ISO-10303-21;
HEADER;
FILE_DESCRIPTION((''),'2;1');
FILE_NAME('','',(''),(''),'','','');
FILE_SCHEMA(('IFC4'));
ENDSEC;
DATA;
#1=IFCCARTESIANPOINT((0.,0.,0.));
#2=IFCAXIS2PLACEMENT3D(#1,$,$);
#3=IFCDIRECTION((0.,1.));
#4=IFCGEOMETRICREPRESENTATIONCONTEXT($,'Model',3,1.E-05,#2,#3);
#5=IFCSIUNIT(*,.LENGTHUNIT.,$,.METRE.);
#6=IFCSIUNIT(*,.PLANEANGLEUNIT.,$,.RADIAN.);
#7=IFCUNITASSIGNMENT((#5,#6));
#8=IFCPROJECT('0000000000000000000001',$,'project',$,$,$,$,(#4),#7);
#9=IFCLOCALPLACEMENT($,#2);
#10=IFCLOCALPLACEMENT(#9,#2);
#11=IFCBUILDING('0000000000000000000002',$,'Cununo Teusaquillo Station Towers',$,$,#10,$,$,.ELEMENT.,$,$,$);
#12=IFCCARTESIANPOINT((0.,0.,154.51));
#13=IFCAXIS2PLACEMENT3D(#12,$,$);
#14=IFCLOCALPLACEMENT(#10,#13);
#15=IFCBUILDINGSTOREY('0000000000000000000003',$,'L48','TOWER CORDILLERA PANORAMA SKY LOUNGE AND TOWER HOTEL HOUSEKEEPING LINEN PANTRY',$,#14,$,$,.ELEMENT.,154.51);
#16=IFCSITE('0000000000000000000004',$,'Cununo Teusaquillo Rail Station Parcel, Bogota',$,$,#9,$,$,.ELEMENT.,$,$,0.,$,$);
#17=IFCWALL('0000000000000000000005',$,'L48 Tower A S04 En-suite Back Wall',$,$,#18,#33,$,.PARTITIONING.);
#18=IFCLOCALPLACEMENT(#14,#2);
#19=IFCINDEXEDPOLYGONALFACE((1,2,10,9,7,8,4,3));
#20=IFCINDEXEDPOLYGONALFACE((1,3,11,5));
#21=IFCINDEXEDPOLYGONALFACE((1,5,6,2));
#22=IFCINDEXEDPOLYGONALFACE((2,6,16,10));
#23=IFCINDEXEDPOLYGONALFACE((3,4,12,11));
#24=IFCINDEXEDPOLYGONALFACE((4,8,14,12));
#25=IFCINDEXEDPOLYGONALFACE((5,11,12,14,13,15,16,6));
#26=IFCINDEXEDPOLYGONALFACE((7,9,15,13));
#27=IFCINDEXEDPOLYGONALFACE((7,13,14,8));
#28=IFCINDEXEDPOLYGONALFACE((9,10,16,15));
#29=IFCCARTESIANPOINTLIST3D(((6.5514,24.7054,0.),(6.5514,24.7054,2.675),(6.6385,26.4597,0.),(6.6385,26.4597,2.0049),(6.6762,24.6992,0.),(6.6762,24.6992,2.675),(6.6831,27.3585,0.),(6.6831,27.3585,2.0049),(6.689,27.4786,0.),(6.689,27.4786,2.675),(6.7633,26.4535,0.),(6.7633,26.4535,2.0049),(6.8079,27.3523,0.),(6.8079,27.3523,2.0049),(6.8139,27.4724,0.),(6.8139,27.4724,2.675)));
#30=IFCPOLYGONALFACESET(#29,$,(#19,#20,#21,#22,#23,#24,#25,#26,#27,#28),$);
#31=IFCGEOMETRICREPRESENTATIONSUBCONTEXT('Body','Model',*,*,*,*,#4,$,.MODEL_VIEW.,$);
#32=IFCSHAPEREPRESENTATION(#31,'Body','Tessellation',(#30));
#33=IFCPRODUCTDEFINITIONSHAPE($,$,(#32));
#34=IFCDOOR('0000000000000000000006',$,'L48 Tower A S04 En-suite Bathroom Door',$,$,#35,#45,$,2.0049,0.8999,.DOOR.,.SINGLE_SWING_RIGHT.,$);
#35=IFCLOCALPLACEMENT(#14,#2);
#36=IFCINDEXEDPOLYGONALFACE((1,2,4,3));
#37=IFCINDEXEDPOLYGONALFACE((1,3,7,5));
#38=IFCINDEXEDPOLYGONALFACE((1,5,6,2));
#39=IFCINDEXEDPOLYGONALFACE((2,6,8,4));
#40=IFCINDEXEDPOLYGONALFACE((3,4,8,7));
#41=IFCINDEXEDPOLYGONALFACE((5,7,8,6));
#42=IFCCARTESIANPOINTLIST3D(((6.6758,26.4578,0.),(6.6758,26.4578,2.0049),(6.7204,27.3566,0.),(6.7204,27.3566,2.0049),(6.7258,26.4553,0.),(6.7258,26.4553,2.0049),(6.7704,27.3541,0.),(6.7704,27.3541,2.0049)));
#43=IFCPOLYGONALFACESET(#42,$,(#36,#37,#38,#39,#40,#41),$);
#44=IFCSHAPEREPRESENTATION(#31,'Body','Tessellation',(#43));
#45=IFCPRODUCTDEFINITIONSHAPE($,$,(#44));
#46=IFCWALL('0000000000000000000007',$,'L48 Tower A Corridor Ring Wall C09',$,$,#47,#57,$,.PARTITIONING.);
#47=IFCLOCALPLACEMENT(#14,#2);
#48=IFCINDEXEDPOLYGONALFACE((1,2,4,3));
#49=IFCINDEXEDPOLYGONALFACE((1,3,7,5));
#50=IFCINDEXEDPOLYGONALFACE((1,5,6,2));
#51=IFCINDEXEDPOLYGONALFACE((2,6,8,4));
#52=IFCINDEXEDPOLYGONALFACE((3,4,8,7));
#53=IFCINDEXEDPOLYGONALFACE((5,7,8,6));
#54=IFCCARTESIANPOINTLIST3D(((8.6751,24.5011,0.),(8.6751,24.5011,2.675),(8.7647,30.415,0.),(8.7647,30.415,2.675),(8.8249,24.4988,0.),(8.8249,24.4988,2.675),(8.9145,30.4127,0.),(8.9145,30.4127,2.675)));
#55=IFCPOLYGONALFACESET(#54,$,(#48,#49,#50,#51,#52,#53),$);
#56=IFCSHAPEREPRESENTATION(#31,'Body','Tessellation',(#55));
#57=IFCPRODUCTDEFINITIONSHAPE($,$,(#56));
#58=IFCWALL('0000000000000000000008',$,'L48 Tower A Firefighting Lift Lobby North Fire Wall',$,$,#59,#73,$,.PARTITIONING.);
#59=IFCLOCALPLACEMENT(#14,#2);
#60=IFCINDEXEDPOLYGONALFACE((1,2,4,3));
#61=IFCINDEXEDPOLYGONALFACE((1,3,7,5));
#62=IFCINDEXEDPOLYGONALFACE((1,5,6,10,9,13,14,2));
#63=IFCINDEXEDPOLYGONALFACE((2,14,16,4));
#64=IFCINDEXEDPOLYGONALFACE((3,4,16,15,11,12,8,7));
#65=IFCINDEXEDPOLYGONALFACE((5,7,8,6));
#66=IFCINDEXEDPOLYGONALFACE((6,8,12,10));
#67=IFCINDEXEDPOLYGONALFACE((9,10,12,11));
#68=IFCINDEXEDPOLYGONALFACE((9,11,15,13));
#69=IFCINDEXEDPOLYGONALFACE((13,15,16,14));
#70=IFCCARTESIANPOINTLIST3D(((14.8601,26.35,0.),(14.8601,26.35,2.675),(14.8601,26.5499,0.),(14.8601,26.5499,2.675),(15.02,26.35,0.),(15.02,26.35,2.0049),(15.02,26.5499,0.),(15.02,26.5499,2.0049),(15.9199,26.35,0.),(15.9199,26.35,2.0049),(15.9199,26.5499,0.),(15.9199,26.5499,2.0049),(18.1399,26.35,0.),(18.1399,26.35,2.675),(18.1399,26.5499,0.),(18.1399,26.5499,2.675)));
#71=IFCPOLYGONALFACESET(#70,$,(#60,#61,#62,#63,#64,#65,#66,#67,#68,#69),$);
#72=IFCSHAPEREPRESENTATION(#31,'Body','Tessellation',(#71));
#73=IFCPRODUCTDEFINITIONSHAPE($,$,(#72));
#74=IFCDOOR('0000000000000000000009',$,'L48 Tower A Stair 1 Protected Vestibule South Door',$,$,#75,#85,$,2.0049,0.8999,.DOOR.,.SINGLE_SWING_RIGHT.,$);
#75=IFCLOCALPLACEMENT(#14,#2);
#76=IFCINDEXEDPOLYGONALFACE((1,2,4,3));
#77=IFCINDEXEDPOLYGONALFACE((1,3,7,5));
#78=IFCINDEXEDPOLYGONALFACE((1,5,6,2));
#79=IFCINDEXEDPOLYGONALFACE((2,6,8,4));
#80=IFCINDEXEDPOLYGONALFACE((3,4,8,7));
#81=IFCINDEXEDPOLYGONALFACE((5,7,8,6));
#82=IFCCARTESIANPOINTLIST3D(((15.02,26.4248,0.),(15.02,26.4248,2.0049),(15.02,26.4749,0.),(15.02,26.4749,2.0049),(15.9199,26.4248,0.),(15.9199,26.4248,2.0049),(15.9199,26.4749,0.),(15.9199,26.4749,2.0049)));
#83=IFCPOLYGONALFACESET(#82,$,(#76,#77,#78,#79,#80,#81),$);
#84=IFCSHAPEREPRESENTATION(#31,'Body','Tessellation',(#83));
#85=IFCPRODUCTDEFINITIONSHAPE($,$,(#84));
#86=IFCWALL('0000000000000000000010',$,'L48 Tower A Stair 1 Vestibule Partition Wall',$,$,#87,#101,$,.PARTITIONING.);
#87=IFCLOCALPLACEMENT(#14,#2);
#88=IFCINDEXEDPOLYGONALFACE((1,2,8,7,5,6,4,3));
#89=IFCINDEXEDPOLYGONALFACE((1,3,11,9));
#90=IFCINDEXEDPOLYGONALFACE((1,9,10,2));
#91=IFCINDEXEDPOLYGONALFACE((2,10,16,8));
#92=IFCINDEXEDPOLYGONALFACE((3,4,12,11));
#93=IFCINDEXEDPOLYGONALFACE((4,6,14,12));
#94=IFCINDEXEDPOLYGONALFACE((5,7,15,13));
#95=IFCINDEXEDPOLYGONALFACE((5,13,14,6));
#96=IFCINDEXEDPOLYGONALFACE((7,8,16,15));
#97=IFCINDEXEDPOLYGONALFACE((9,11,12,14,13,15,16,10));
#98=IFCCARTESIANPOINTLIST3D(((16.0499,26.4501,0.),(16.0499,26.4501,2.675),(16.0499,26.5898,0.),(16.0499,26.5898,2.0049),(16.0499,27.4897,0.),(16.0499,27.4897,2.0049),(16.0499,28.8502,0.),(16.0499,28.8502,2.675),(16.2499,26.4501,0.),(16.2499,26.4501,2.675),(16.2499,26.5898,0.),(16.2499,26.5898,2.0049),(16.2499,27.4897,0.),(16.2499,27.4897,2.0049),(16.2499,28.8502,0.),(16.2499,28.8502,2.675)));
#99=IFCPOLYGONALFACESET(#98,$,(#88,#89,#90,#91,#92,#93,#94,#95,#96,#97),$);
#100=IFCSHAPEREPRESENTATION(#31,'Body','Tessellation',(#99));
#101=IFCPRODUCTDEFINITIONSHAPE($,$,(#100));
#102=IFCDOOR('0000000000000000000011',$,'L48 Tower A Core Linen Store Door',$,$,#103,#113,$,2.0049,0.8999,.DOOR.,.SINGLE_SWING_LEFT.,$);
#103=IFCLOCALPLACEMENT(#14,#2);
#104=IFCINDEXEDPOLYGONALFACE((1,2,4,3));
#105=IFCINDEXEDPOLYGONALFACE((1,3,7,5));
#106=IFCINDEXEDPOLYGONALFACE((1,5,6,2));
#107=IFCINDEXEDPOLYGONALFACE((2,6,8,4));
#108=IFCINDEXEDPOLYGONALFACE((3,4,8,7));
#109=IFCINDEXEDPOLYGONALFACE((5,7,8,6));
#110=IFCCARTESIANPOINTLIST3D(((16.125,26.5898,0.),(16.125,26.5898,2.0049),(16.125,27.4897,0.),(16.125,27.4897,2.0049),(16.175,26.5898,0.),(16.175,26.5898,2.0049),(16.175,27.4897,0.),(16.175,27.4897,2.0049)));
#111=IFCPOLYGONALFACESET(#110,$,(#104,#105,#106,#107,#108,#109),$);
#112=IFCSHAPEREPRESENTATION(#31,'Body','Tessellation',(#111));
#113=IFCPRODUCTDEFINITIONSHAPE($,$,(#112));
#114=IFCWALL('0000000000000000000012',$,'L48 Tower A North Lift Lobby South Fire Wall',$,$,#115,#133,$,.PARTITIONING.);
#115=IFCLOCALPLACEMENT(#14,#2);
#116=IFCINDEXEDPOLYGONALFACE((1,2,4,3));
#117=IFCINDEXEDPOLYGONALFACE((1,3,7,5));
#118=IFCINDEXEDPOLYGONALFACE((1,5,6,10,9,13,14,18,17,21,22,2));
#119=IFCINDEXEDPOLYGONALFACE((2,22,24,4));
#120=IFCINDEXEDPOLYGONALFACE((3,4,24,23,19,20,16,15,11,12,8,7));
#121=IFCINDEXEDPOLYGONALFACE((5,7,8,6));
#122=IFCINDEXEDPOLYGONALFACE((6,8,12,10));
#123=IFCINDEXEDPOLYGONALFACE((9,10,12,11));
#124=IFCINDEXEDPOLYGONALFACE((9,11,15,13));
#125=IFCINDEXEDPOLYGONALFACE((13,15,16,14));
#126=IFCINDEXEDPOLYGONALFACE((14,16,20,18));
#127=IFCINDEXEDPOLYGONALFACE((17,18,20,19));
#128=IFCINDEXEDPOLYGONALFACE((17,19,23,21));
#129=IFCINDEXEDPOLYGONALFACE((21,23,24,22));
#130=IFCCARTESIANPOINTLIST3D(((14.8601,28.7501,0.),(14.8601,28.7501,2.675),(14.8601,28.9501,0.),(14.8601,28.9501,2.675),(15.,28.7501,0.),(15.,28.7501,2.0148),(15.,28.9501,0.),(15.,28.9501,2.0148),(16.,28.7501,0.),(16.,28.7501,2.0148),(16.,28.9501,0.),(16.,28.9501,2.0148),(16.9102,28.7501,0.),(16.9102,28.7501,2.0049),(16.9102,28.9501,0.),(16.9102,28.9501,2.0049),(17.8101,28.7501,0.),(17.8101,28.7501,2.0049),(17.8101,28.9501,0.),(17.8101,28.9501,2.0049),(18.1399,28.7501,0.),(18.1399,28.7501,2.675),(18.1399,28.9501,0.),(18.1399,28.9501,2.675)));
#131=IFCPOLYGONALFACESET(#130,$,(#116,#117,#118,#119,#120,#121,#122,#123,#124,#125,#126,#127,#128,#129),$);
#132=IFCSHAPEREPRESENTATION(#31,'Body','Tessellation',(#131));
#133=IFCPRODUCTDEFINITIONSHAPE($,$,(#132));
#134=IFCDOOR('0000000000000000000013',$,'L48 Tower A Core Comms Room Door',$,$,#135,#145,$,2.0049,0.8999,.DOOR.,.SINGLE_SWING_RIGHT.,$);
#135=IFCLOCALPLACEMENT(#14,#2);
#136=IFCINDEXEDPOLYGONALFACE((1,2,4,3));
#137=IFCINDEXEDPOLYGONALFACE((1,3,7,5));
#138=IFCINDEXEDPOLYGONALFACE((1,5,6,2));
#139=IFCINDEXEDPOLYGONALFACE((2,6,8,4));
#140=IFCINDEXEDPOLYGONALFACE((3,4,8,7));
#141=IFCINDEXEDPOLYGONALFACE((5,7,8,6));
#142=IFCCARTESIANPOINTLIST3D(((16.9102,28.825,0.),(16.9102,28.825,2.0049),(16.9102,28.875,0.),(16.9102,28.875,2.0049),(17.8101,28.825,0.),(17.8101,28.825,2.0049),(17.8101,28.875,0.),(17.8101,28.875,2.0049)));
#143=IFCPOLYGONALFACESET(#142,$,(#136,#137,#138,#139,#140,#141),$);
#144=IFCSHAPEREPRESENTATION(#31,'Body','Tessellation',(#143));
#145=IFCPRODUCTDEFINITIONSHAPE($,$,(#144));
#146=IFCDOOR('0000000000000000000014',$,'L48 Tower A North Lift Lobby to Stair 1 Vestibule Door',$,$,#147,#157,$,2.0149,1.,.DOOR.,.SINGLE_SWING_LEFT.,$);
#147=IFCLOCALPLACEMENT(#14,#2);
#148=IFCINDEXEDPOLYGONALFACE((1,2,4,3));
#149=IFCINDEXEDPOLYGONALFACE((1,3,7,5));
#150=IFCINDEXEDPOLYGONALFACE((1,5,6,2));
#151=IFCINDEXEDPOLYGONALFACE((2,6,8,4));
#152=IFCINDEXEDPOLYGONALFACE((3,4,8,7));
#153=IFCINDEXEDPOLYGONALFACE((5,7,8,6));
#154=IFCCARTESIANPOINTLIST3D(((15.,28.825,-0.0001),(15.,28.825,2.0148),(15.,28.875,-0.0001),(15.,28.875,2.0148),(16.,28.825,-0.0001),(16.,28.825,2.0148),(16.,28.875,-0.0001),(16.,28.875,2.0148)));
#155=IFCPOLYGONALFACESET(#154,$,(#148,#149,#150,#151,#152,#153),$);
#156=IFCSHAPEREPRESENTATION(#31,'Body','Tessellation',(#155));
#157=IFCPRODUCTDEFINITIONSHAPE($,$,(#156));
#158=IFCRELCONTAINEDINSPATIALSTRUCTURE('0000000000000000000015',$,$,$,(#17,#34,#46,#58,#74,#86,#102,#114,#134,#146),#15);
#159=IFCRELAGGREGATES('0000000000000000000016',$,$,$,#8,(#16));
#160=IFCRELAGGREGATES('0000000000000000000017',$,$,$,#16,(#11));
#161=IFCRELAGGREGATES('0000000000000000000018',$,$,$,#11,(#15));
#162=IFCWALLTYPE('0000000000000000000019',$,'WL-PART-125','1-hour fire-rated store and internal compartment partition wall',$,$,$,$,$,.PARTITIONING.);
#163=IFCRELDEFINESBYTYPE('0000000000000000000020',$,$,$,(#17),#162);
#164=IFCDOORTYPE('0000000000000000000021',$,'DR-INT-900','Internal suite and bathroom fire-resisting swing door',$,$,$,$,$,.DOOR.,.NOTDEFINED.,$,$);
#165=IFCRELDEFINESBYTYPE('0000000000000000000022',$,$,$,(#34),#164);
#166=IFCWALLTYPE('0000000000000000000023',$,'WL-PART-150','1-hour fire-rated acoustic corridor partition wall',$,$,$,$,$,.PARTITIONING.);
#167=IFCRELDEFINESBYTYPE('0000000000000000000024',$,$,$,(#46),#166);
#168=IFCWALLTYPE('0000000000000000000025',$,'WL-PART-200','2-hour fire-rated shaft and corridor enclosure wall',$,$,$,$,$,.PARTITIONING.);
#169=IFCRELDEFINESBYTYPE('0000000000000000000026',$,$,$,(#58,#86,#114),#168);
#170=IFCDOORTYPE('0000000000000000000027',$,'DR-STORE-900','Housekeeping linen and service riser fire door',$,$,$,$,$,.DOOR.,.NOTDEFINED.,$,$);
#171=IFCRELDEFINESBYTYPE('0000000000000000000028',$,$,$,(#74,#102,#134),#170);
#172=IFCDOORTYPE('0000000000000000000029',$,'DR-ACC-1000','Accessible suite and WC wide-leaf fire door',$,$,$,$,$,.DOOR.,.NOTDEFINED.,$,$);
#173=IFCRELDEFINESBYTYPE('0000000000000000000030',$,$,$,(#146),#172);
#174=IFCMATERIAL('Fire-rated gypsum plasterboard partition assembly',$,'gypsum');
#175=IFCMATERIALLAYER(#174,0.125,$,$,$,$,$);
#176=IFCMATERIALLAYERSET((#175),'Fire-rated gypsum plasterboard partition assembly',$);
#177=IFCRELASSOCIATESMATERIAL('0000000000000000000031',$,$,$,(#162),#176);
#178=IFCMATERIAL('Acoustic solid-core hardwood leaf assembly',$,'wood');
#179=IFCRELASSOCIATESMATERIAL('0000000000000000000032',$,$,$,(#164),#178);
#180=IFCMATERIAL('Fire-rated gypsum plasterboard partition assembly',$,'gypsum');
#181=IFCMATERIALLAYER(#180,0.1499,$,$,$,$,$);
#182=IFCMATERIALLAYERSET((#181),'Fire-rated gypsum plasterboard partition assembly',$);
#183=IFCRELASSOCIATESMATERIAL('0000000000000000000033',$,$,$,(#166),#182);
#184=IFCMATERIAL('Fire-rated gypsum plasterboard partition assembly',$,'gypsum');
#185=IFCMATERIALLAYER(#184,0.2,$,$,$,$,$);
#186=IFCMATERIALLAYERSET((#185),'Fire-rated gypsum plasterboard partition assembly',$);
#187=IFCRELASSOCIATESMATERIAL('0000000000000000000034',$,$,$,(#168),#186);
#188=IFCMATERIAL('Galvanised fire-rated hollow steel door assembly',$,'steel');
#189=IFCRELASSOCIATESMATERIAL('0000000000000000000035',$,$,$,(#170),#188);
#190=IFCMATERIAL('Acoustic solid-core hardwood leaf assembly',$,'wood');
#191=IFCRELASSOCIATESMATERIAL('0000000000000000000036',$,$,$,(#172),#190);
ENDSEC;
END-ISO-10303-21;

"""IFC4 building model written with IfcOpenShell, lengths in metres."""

from ifc_helpers import new_model, si_unit, direction, frame, frame_2d, origin, place, context, subcontext, project, spatial, rectangle, extrude, source, transform, mapped, material, layer, layer_set, type_object, element, fill, save


model = new_model("IFC4")

# Units and contexts
model_context = context("Model", 3, precision=1e-05, world=origin(), true_north=direction((0.0, 1.0)))
body_context = subcontext(model_context, "Body", "Model", "MODEL_VIEW")
ifc_project = project(units=[si_unit("LENGTHUNIT", "METRE"), si_unit("PLANEANGLEUNIT", "RADIAN")], contexts=[model_context])

# Site, building, storey
site_placement = place(None, origin())
site = spatial("IfcSite", under=ifc_project, at=site_placement, Name="Cununo Teusaquillo Rail Station Parcel, Bogota", CompositionType="ELEMENT", RefElevation=0.0)
building_placement = place(site_placement, origin())
building = spatial("IfcBuilding", under=site, at=building_placement, Name="Cununo Teusaquillo Station Towers", CompositionType="ELEMENT")
storey_placement = place(building_placement, frame((0.0, 0.0, 154.51)))
storey = spatial("IfcBuildingStorey", under=building, at=storey_placement, Name="L48", Description="TOWER CORDILLERA PANORAMA SKY LOUNGE AND TOWER HOTEL HOUSEKEEPING LINEN PANTRY", CompositionType="ELEMENT", Elevation=154.51)

# Shared definitions
ifc_material_1 = material(Name="Fire-rated gypsum plasterboard partition assembly", Category="gypsum")
ifc_layer_1 = layer(ifc_material_1, 0.125)
ifc_layer_set_1 = layer_set([ifc_layer_1], Name="Fire-rated gypsum plasterboard partition assembly")
wall_type_1 = type_object("IfcWallType", Name="WL-PART-125", Description="1-hour fire-rated store and internal compartment partition wall", PredefinedType="PARTITIONING", material=ifc_layer_set_1)

# Wall, opening, door
wall_1_placement = place(storey_placement, frame((6.7515, 27.4753, 0.0), z_axis=(0.0, 0.0, 1.0), x_axis=(-0.049591, -0.99877, 0.0)))
wall_1 = element("IfcWall", 1, at=wall_1_placement, inside=storey, type_object=wall_type_1, Name="L48 Tower A S04 En-suite Back Wall", PredefinedType="PARTITIONING", context=body_context, shape_type="SweptSolid", body=[
    extrude(rectangle(XDim=2.7766, YDim=0.125, at=frame_2d((1.3882, 0.0))), origin(), (0.0, 0.0, 1.0), 2.675),
])
shared_shape_1 = source(origin(), body_context, "Body", "SweptSolid", [
    extrude(rectangle(XDim=0.8999, YDim=2.0049, at=frame_2d((0.45, 1.0024))), frame((0.0, 0.0725, 0.0), z_axis=(0.0, -1.0, 0.0), x_axis=(1.0, 0.0, 0.0)), (0.0, 0.0, 1.0), 0.145),
])
opening_1_placement = place(wall_1_placement, frame((0.1201, 0.0, 0.0)))
opening_1 = element("IfcOpeningElement", 2, at=opening_1_placement, cuts=wall_1, PredefinedType="OPENING", context=body_context, shape_type="MappedRepresentation", body=[
    mapped(shared_shape_1, transform((0.0, 0.0, 0.0), x_axis=(1.0, 0.0, 0.0), y_axis=(0.0, 1.0, 0.0), z_axis=(0.0, 0.0, 1.0), scale=1.0)),
])
ifc_material_2 = material(Name="Acoustic solid-core hardwood leaf assembly", Category="wood")
door_type_1 = type_object("IfcDoorType", Name="DR-INT-900", Description="Internal suite and bathroom fire-resisting swing door", OperationType="NOTDEFINED", PredefinedType="DOOR", material=ifc_material_2)
shared_shape_2 = source(origin(), body_context, "Body", "SweptSolid", [
    extrude(rectangle(XDim=0.8999, YDim=2.0049, at=frame_2d((0.45, 1.0024))), frame((0.0, 0.0249, 0.0), z_axis=(0.0, -1.0, 0.0), x_axis=(1.0, 0.0, 0.0)), (0.0, 0.0, 1.0), 0.05),
])
door_1_placement = place(opening_1_placement, origin())
door_1 = element("IfcDoor", 3, at=door_1_placement, inside=storey, type_object=door_type_1, Name="L48 Tower A S04 En-suite Bathroom Door", OperationType="SINGLE_SWING_RIGHT", OverallHeight=2.0049, OverallWidth=0.8999, PredefinedType="DOOR", context=body_context, shape_type="MappedRepresentation", body=[
    mapped(shared_shape_2, transform((0.0, 0.0, 0.0), x_axis=(1.0, 0.0, 0.0), y_axis=(0.0, 1.0, 0.0), z_axis=(0.0, 0.0, 1.0), scale=1.0)),
])
fill(opening_1, door_1)

# Wall
ifc_material_3 = material(Name="Fire-rated gypsum plasterboard partition assembly", Category="gypsum")
ifc_layer_2 = layer(ifc_material_3, 0.1499)
ifc_layer_set_2 = layer_set([ifc_layer_2], Name="Fire-rated gypsum plasterboard partition assembly")
wall_type_2 = type_object("IfcWallType", Name="WL-PART-150", Description="1-hour fire-rated acoustic corridor partition wall", PredefinedType="PARTITIONING", material=ifc_layer_set_2)
wall_2_placement = place(storey_placement, frame((8.8396, 30.4138, 0.0), z_axis=(0.0, 0.0, 1.0), x_axis=(-0.015149, -0.999885, 0.0)))
element("IfcWall", 4, at=wall_2_placement, inside=storey, type_object=wall_type_2, Name="L48 Tower A Corridor Ring Wall C09", PredefinedType="PARTITIONING", context=body_context, shape_type="SweptSolid", body=[
    extrude(rectangle(XDim=5.9146, YDim=0.1499, at=frame_2d((2.9573, 0.0))), origin(), (0.0, 0.0, 1.0), 2.675),
])

# Walls, openings, doors
ifc_material_4 = material(Name="Fire-rated gypsum plasterboard partition assembly", Category="gypsum")
ifc_layer_3 = layer(ifc_material_4, 0.2)
ifc_layer_set_3 = layer_set([ifc_layer_3], Name="Fire-rated gypsum plasterboard partition assembly")
wall_type_3 = type_object("IfcWallType", Name="WL-PART-200", Description="2-hour fire-rated shaft and corridor enclosure wall", PredefinedType="PARTITIONING", material=ifc_layer_set_3)
wall_3_placement = place(storey_placement, frame((14.8601, 26.45, 0.0), z_axis=(0.0, 0.0, 1.0), x_axis=(1.0, 0.0, 0.0)))
wall_3 = element("IfcWall", 5, at=wall_3_placement, inside=storey, type_object=wall_type_3, Name="L48 Tower A Firefighting Lift Lobby North Fire Wall", PredefinedType="PARTITIONING", context=body_context, shape_type="SweptSolid", body=[
    extrude(rectangle(XDim=3.2798, YDim=0.2, at=frame_2d((1.6399, 0.0))), origin(), (0.0, 0.0, 1.0), 2.675),
])
shared_shape_3 = source(origin(), body_context, "Body", "SweptSolid", [
    extrude(rectangle(XDim=0.8999, YDim=2.0049, at=frame_2d((0.45, 1.0024))), frame((0.0, 0.1099, 0.0), z_axis=(0.0, -1.0, 0.0), x_axis=(1.0, 0.0, 0.0)), (0.0, 0.0, 1.0), 0.22),
])
opening_2_placement = place(wall_3_placement, frame((0.1599, 0.0, 0.0)))
opening_2 = element("IfcOpeningElement", 6, at=opening_2_placement, cuts=wall_3, PredefinedType="OPENING", context=body_context, shape_type="MappedRepresentation", body=[
    mapped(shared_shape_3, transform((0.0, 0.0, 0.0), x_axis=(1.0, 0.0, 0.0), y_axis=(0.0, 1.0, 0.0), z_axis=(0.0, 0.0, 1.0), scale=1.0)),
])
ifc_material_5 = material(Name="Galvanised fire-rated hollow steel door assembly", Category="steel")
door_type_2 = type_object("IfcDoorType", Name="DR-STORE-900", Description="Housekeeping linen and service riser fire door", OperationType="NOTDEFINED", PredefinedType="DOOR", material=ifc_material_5)
door_2_placement = place(opening_2_placement, origin())
door_2 = element("IfcDoor", 7, at=door_2_placement, inside=storey, type_object=door_type_2, Name="L48 Tower A Stair 1 Protected Vestibule South Door", OperationType="SINGLE_SWING_RIGHT", OverallHeight=2.0049, OverallWidth=0.8999, PredefinedType="DOOR", context=body_context, shape_type="MappedRepresentation", body=[
    mapped(shared_shape_2, transform((0.0, 0.0, 0.0), x_axis=(1.0, 0.0, 0.0), y_axis=(0.0, 1.0, 0.0), z_axis=(0.0, 0.0, 1.0), scale=1.0)),
])
fill(opening_2, door_2)
wall_4_placement = place(storey_placement, frame((16.1499, 26.45, 0.0), z_axis=(0.0, 0.0, 1.0), x_axis=(0.0, 1.0, 0.0)))
wall_4 = element("IfcWall", 8, at=wall_4_placement, inside=storey, type_object=wall_type_3, Name="L48 Tower A Stair 1 Vestibule Partition Wall", PredefinedType="PARTITIONING", context=body_context, shape_type="SweptSolid", body=[
    extrude(rectangle(XDim=2.4001, YDim=0.2, at=frame_2d((1.2002, 0.0))), origin(), (0.0, 0.0, 1.0), 2.675),
])
opening_3_placement = place(wall_4_placement, frame((0.1399, 0.0, 0.0)))
opening_3 = element("IfcOpeningElement", 9, at=opening_3_placement, cuts=wall_4, PredefinedType="OPENING", context=body_context, shape_type="MappedRepresentation", body=[
    mapped(shared_shape_3, transform((0.0, 0.0, 0.0), x_axis=(1.0, 0.0, 0.0), y_axis=(0.0, 1.0, 0.0), z_axis=(0.0, 0.0, 1.0), scale=1.0)),
])
door_3_placement = place(opening_3_placement, origin())
door_3 = element("IfcDoor", 10, at=door_3_placement, inside=storey, type_object=door_type_2, Name="L48 Tower A Core Linen Store Door", OperationType="SINGLE_SWING_LEFT", OverallHeight=2.0049, OverallWidth=0.8999, PredefinedType="DOOR", context=body_context, shape_type="MappedRepresentation", body=[
    mapped(shared_shape_2, transform((0.0, 0.0, 0.0), x_axis=(1.0, 0.0, 0.0), y_axis=(0.0, 1.0, 0.0), z_axis=(0.0, 0.0, 1.0), scale=1.0)),
])
fill(opening_3, door_3)

# Wall, openings, doors
wall_5_placement = place(storey_placement, frame((14.8601, 28.8501, 0.0), z_axis=(0.0, 0.0, 1.0), x_axis=(1.0, 0.0, 0.0)))
wall_5 = element("IfcWall", 11, at=wall_5_placement, inside=storey, type_object=wall_type_3, Name="L48 Tower A North Lift Lobby South Fire Wall", PredefinedType="PARTITIONING", context=body_context, shape_type="SweptSolid", body=[
    extrude(rectangle(XDim=3.2798, YDim=0.2, at=frame_2d((1.6399, 0.0))), origin(), (0.0, 0.0, 1.0), 2.675),
])
shared_shape_4 = source(origin(), body_context, "Body", "SweptSolid", [
    extrude(rectangle(XDim=1.0, YDim=2.0149, at=frame_2d((0.5, 1.0073))), frame((0.0, 0.1099, 0.0), z_axis=(0.0, -1.0, 0.0), x_axis=(1.0, 0.0, 0.0)), (0.0, 0.0, 1.0), 0.22),
])
opening_4_placement = place(wall_5_placement, frame((0.1399, 0.0, 0.0)))
opening_4 = element("IfcOpeningElement", 12, at=opening_4_placement, cuts=wall_5, PredefinedType="OPENING", context=body_context, shape_type="MappedRepresentation", body=[
    mapped(shared_shape_4, transform((0.0, 0.0, 0.0), x_axis=(1.0, 0.0, 0.0), y_axis=(0.0, 1.0, 0.0), z_axis=(0.0, 0.0, 1.0), scale=1.0)),
])
opening_5_placement = place(wall_5_placement, frame((2.05, 0.0, 0.0)))
opening_5 = element("IfcOpeningElement", 13, at=opening_5_placement, cuts=wall_5, PredefinedType="OPENING", context=body_context, shape_type="MappedRepresentation", body=[
    mapped(shared_shape_3, transform((0.0, 0.0, 0.0), x_axis=(1.0, 0.0, 0.0), y_axis=(0.0, 1.0, 0.0), z_axis=(0.0, 0.0, 1.0), scale=1.0)),
])
door_4_placement = place(opening_5_placement, origin())
door_4 = element("IfcDoor", 14, at=door_4_placement, inside=storey, type_object=door_type_2, Name="L48 Tower A Core Comms Room Door", OperationType="SINGLE_SWING_RIGHT", OverallHeight=2.0049, OverallWidth=0.8999, PredefinedType="DOOR", context=body_context, shape_type="MappedRepresentation", body=[
    mapped(shared_shape_2, transform((0.0, 0.0, 0.0), x_axis=(1.0, 0.0, 0.0), y_axis=(0.0, 1.0, 0.0), z_axis=(0.0, 0.0, 1.0), scale=1.0)),
])
fill(opening_5, door_4)
ifc_material_6 = material(Name="Acoustic solid-core hardwood leaf assembly", Category="wood")
door_type_3 = type_object("IfcDoorType", Name="DR-ACC-1000", Description="Accessible suite and WC wide-leaf fire door", OperationType="NOTDEFINED", PredefinedType="DOOR", material=ifc_material_6)
shared_shape_5 = source(origin(), body_context, "Body", "SweptSolid", [
    extrude(rectangle(XDim=1.0, YDim=2.0149, at=frame_2d((0.5, 1.0073))), frame((0.0, 0.0249, 0.0), z_axis=(0.0, -1.0, 0.0), x_axis=(1.0, 0.0, 0.0)), (0.0, 0.0, 1.0), 0.05),
])
door_5_placement = place(opening_4_placement, origin())
door_5 = element("IfcDoor", 15, at=door_5_placement, inside=storey, type_object=door_type_3, Name="L48 Tower A North Lift Lobby to Stair 1 Vestibule Door", OperationType="SINGLE_SWING_LEFT", OverallHeight=2.0149, OverallWidth=1.0, PredefinedType="DOOR", context=body_context, shape_type="MappedRepresentation", body=[
    mapped(shared_shape_5, transform((0.0, 0.0, 0.0), x_axis=(1.0, 0.0, 0.0), y_axis=(0.0, 1.0, 0.0), z_axis=(0.0, 0.0, 1.0), scale=1.0)),
])
fill(opening_4, door_5)

save(model, "model.ifc")
